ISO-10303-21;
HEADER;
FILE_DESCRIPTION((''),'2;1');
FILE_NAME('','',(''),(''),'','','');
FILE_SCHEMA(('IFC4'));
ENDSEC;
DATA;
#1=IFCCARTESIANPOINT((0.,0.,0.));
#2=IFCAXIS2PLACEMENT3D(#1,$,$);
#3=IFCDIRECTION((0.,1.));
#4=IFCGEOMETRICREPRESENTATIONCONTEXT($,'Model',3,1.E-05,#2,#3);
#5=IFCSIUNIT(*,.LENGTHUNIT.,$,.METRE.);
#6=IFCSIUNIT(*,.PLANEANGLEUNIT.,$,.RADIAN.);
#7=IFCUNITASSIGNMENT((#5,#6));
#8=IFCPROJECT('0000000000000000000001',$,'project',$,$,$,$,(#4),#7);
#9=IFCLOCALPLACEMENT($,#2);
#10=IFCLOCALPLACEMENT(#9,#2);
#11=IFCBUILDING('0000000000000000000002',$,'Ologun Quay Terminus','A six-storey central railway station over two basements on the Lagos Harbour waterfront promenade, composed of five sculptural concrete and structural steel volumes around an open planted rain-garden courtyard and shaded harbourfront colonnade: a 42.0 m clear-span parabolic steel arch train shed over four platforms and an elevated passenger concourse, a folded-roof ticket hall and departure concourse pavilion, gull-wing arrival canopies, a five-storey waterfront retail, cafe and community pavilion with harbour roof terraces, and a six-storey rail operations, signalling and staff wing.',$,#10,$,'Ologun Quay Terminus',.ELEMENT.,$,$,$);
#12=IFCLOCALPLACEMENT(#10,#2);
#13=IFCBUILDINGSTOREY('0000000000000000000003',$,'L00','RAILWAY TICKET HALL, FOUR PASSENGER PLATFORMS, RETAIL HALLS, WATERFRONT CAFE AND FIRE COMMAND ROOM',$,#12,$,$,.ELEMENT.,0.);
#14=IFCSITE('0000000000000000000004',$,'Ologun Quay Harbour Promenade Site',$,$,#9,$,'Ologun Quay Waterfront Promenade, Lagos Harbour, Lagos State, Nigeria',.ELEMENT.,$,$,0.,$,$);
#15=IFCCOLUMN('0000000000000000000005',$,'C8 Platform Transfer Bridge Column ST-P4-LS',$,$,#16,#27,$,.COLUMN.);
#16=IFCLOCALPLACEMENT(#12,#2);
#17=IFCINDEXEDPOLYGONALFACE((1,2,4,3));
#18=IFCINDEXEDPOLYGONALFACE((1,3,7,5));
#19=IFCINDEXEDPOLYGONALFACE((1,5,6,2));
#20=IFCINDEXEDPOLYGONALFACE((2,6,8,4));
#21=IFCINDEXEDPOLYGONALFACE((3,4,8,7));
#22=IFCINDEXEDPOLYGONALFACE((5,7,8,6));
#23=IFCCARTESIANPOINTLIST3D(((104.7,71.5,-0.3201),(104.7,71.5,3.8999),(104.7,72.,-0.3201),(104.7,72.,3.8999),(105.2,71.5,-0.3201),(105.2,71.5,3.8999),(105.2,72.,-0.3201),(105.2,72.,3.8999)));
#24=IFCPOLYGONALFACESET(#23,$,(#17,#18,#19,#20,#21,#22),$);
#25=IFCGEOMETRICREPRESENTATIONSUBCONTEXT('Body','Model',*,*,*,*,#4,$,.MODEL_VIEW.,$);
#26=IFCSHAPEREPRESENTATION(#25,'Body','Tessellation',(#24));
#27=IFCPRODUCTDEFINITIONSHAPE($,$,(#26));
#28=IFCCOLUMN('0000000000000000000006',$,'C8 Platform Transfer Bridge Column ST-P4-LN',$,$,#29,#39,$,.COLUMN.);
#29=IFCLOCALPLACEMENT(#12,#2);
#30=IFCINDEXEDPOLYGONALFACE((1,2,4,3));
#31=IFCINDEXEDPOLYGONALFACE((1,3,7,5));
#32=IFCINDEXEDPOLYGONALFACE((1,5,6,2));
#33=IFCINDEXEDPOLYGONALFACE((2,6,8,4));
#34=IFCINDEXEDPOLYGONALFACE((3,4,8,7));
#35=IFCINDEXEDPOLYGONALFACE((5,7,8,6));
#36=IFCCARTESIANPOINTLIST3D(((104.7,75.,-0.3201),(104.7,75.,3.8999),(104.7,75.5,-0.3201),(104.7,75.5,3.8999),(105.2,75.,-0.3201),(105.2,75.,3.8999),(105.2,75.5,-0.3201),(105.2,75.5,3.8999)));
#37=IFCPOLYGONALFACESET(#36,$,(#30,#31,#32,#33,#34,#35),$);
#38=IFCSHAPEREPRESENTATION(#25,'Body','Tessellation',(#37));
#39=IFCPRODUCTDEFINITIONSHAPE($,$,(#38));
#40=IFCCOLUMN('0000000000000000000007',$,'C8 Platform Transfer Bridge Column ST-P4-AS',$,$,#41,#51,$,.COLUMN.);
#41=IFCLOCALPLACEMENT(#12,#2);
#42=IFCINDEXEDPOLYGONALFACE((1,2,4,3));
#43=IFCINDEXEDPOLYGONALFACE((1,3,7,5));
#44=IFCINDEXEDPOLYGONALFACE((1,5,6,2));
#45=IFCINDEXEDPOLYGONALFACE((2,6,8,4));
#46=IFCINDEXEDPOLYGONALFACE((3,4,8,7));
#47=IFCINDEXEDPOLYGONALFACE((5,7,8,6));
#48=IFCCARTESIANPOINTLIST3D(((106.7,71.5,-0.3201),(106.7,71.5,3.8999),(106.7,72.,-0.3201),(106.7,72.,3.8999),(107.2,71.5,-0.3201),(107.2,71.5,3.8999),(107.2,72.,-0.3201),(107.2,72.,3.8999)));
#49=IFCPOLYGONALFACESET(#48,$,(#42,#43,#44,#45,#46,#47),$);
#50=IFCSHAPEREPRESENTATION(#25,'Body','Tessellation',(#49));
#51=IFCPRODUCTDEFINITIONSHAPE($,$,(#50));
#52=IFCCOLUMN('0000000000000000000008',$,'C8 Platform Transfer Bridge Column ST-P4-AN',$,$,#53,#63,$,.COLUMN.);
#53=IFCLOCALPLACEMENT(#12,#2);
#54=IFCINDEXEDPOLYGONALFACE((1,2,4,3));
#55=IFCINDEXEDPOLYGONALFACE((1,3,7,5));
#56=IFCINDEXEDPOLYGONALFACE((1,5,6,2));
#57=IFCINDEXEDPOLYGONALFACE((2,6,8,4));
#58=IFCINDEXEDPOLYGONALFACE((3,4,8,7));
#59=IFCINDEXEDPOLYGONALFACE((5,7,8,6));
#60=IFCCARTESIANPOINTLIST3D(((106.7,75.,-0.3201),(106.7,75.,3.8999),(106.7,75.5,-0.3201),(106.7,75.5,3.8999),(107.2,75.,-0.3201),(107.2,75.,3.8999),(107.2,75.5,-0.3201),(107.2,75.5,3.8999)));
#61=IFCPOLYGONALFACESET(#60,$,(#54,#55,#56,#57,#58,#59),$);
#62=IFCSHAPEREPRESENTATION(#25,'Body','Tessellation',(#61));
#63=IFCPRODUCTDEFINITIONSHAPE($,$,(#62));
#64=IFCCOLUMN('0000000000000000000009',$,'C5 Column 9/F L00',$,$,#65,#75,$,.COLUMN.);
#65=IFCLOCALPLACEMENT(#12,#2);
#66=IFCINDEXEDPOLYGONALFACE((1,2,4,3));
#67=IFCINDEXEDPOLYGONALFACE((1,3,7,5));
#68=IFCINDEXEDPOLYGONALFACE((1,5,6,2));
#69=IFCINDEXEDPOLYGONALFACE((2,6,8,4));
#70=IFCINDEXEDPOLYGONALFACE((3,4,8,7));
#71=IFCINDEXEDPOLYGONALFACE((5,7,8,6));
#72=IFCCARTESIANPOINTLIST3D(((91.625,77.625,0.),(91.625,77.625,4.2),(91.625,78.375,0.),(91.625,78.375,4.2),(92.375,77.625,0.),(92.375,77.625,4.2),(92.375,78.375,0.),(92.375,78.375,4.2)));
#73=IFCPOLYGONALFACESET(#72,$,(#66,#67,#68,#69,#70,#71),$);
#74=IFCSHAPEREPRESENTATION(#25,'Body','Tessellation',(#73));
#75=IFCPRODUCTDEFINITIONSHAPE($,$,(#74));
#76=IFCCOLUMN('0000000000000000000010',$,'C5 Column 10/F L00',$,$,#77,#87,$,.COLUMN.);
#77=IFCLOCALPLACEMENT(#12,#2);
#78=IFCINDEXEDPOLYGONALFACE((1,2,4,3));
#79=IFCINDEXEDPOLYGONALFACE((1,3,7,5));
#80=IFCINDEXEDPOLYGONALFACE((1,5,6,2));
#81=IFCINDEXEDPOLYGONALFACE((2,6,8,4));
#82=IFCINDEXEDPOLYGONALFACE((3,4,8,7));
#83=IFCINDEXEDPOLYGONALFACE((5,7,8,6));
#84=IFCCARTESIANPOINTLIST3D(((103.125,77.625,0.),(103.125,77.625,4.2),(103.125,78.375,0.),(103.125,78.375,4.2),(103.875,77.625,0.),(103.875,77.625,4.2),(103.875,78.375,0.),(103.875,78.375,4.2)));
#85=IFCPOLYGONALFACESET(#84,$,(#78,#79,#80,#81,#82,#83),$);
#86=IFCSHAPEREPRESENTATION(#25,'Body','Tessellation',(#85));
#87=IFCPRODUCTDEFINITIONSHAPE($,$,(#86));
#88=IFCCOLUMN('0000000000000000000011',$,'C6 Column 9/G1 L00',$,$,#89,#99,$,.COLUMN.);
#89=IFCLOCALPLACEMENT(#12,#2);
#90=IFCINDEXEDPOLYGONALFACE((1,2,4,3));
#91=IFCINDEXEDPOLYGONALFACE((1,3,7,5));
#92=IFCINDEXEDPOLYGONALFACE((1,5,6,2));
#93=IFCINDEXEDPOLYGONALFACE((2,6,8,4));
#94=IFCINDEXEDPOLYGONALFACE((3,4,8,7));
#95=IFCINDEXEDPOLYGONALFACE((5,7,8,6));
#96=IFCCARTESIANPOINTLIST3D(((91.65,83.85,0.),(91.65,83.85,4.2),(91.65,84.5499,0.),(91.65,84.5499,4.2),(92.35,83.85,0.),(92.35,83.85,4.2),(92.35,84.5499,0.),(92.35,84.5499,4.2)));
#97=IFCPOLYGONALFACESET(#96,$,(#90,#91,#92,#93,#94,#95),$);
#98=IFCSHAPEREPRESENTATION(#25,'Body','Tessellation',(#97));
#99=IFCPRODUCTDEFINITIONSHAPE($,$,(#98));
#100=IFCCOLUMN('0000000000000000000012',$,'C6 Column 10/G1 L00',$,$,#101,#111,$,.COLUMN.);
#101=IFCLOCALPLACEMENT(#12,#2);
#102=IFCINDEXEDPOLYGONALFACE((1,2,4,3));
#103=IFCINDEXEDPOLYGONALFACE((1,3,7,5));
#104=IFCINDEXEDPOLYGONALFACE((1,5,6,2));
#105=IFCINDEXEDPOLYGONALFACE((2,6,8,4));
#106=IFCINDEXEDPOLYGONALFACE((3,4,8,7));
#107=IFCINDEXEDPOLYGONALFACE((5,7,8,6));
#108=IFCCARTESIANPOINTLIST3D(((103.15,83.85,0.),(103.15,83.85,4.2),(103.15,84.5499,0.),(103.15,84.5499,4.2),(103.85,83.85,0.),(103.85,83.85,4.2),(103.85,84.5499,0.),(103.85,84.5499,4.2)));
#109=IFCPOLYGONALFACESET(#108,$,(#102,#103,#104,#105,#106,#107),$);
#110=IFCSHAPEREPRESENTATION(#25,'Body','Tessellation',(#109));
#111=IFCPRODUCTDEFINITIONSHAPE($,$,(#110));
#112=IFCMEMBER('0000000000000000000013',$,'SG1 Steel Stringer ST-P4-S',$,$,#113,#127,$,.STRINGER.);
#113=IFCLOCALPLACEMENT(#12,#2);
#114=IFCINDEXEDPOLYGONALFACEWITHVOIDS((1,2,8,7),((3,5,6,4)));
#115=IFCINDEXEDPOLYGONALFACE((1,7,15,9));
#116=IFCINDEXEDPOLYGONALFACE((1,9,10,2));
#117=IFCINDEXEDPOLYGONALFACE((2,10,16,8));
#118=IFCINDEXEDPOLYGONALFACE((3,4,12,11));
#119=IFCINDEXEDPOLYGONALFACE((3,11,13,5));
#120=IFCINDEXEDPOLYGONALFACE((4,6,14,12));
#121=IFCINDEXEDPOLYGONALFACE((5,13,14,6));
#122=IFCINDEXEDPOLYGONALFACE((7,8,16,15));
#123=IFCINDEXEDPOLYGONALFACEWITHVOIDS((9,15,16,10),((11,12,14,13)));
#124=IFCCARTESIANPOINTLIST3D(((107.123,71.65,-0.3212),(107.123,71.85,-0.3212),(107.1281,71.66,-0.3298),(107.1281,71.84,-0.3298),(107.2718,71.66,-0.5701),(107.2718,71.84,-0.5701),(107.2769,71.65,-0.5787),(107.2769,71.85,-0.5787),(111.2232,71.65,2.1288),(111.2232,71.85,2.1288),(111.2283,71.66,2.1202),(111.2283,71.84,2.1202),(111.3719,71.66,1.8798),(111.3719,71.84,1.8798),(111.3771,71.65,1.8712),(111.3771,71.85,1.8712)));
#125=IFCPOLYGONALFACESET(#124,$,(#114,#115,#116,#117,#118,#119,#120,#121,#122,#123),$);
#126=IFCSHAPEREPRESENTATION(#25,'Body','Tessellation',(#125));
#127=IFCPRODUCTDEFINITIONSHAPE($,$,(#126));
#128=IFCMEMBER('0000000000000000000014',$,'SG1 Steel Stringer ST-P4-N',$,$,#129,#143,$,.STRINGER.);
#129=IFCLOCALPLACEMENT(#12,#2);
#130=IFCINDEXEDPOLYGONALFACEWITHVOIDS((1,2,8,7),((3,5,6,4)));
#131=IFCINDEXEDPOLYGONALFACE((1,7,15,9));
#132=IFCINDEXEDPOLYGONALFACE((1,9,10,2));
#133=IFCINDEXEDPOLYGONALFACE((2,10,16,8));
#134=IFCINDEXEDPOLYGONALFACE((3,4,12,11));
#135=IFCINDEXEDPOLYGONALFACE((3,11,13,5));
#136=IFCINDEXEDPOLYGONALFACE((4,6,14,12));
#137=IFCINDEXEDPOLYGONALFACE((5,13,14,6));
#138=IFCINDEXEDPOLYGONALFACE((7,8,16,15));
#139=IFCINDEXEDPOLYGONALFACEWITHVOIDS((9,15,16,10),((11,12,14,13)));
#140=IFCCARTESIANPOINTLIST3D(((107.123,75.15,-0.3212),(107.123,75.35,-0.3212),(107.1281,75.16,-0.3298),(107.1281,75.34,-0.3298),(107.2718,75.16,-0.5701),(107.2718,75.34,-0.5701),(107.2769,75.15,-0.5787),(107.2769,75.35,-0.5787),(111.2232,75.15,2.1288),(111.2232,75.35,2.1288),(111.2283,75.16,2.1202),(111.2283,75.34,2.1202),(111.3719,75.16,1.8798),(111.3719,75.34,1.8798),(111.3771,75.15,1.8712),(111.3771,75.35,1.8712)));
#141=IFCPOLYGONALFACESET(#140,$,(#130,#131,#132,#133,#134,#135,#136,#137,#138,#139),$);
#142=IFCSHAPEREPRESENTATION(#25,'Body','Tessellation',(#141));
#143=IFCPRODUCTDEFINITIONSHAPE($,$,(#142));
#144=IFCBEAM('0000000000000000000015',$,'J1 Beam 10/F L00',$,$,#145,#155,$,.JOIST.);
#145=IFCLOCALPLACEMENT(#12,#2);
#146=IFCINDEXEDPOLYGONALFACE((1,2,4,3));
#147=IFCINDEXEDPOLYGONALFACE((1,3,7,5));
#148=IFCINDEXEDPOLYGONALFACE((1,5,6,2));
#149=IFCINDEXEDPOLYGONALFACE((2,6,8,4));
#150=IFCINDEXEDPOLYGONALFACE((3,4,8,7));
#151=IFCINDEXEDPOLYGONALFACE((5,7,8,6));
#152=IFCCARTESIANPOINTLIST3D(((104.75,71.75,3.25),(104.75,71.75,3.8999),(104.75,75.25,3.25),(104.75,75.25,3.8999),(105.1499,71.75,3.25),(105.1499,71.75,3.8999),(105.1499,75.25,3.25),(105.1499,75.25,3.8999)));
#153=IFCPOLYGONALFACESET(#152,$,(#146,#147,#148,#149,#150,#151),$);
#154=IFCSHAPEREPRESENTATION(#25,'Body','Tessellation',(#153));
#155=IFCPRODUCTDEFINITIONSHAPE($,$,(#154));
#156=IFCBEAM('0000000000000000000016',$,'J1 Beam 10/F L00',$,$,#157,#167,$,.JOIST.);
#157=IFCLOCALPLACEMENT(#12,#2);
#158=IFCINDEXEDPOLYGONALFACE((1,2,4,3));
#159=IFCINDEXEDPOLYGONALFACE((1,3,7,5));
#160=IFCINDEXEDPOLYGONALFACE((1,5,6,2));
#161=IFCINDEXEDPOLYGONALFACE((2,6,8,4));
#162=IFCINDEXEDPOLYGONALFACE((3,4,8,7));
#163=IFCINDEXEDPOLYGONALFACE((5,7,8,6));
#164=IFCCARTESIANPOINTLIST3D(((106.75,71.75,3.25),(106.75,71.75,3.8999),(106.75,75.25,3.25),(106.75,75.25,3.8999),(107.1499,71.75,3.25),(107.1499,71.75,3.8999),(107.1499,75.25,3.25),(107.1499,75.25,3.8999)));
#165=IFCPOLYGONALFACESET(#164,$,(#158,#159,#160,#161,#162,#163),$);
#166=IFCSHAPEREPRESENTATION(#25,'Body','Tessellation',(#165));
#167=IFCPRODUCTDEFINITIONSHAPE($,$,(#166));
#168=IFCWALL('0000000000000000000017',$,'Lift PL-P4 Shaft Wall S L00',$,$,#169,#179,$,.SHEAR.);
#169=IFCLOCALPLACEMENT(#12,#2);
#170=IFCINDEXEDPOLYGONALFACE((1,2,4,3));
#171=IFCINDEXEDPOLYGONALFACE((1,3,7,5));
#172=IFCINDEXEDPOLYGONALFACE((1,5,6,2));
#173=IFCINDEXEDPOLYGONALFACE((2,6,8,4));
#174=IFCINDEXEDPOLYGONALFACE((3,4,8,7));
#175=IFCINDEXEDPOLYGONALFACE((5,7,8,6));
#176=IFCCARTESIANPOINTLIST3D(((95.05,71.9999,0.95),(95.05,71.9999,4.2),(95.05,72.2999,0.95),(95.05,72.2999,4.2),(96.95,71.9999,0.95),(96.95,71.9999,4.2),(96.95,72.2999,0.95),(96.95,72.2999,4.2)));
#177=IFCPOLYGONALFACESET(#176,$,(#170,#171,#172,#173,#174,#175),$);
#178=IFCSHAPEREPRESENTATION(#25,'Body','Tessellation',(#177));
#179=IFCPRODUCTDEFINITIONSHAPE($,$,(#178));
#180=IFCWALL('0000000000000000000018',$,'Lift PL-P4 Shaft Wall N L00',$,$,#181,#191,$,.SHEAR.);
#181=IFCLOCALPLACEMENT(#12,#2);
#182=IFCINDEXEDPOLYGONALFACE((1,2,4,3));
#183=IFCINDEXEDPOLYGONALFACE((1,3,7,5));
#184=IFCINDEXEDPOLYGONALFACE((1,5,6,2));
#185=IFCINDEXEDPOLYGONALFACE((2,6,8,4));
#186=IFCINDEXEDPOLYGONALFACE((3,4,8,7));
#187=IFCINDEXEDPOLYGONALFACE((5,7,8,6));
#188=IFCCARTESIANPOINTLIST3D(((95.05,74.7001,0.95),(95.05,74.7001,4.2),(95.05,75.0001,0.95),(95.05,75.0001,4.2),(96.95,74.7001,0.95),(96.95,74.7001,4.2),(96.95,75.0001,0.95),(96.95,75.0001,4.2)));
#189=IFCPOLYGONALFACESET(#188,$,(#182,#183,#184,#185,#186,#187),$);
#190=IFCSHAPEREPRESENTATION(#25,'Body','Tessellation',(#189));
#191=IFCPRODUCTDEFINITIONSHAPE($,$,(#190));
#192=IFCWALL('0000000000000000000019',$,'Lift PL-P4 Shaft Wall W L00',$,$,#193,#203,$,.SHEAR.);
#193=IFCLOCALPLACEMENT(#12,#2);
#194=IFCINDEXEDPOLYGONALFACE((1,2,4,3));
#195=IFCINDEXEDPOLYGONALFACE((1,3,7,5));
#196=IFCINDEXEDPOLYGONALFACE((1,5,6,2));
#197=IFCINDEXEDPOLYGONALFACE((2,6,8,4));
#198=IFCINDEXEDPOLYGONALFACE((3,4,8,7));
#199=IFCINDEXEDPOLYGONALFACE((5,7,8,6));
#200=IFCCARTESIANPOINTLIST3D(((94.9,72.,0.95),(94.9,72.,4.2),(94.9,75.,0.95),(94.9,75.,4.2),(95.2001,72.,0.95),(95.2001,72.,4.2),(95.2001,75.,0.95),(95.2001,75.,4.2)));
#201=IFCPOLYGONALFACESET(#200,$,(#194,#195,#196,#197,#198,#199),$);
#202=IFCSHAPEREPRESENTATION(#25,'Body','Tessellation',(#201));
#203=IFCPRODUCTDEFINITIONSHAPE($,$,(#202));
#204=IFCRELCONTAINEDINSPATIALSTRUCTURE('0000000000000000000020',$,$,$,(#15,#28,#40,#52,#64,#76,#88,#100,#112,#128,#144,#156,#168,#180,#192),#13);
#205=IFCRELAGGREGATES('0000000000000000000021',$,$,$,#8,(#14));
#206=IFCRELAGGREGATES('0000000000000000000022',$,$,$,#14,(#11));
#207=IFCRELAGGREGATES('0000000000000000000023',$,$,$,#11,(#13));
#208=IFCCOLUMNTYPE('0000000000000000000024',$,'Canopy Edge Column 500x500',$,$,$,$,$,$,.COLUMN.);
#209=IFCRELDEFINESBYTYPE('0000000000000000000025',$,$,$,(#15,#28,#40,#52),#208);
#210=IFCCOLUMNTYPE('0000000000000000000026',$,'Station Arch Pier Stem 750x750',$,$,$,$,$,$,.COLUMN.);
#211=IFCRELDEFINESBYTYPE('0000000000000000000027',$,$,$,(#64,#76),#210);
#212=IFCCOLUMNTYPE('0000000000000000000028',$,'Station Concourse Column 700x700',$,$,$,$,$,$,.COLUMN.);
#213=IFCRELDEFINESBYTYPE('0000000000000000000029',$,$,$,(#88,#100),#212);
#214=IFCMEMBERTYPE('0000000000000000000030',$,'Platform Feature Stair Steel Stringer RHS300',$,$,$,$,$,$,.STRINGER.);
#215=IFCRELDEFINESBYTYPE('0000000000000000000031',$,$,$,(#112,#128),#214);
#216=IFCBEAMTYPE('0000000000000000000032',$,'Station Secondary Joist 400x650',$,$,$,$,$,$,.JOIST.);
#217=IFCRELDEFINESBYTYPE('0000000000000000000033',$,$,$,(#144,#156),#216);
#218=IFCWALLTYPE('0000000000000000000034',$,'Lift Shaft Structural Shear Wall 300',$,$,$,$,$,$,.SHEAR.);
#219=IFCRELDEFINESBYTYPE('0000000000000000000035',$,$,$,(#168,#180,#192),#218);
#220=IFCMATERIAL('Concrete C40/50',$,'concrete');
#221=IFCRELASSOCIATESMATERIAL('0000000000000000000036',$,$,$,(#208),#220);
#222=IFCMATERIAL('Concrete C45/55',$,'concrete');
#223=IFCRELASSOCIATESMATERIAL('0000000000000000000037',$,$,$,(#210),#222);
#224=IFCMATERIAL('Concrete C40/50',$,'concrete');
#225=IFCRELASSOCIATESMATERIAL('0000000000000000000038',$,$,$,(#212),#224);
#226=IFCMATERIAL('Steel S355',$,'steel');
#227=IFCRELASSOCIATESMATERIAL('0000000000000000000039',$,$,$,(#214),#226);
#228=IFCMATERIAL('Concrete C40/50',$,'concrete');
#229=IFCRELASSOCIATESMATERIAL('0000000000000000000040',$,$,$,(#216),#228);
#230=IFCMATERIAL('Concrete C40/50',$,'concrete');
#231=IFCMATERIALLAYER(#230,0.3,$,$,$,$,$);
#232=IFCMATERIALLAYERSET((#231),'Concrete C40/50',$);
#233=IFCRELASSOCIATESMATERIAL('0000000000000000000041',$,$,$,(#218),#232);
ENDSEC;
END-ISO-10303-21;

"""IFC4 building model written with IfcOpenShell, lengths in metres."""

from ifc_helpers import new_model, si_unit, direction, frame, frame_2d, origin, origin_2d, place, context, subcontext, project, spatial, rectangle, hollow_rectangle, extrude, material, layer, layer_set, material_profile, profile_set, type_object, element, save


model = new_model("IFC4")

# Units and contexts
model_context = context("Model", 3, precision=1e-05, world=origin(), true_north=direction((0.0, 1.0)))
body_context = subcontext(model_context, "Body", "Model", "MODEL_VIEW")
ifc_project = project(units=[si_unit("LENGTHUNIT", "METRE"), si_unit("PLANEANGLEUNIT", "RADIAN")], contexts=[model_context])

# Site, building, storey
site_placement = place(None, origin())
site = spatial("IfcSite", under=ifc_project, at=site_placement, Name="Ologun Quay Harbour Promenade Site", LongName="Ologun Quay Waterfront Promenade, Lagos Harbour, Lagos State, Nigeria", CompositionType="ELEMENT", RefElevation=0.0)
building_placement = place(site_placement, origin())
building = spatial("IfcBuilding", under=site, at=building_placement, Name="Ologun Quay Terminus", Description="A six-storey central railway station over two basements on the Lagos Harbour waterfront promenade, composed of five sculptural concrete and structural steel volumes around an open planted rain-garden courtyard and shaded harbourfront colonnade: a 42.0 m clear-span parabolic steel arch train shed over four platforms and an elevated passenger concourse, a folded-roof ticket hall and departure concourse pavilion, gull-wing arrival canopies, a five-storey waterfront retail, cafe and community pavilion with harbour roof terraces, and a six-storey rail operations, signalling and staff wing.", LongName="Ologun Quay Terminus", CompositionType="ELEMENT")
storey_placement = place(building_placement, origin())
storey = spatial("IfcBuildingStorey", under=building, at=storey_placement, Name="L00", Description="RAILWAY TICKET HALL, FOUR PASSENGER PLATFORMS, RETAIL HALLS, WATERFRONT CAFE AND FIRE COMMAND ROOM", CompositionType="ELEMENT", Elevation=0.0)

# Columns
ifc_material_1 = material(Name="Concrete C40/50", Category="concrete")
ifc_material_profile_1 = material_profile(ifc_material_1, rectangle(XDim=0.5, YDim=0.5, at=origin_2d()), Name="RC 500x500")
ifc_profile_set_1 = profile_set([ifc_material_profile_1], Name="Concrete C40/50")
column_type_1 = type_object("IfcColumnType", Name="Canopy Edge Column 500x500", PredefinedType="COLUMN", material=ifc_profile_set_1)
for number, where, z_axis, x_axis, name in (
    (1, (104.95, 71.75, -0.3201), (0.0, 0.0, 1.0), (1.0, 0.0, 0.0), "C8 Platform Transfer Bridge Column ST-P4-LS"),
    (2, (104.95, 75.25, -0.3201), (0.0, 0.0, 1.0), (1.0, 0.0, 0.0), "C8 Platform Transfer Bridge Column ST-P4-LN"),
    (3, (106.95, 71.75, -0.3201), (0.0, 0.0, 1.0), (1.0, 0.0, 0.0), "C8 Platform Transfer Bridge Column ST-P4-AS"),
    (4, (106.95, 75.25, -0.3201), (0.0, 0.0, 1.0), (1.0, 0.0, 0.0), "C8 Platform Transfer Bridge Column ST-P4-AN"),
):
    element("IfcColumn", number, at=place(storey_placement, frame(where, z_axis=z_axis, x_axis=x_axis)), inside=storey, type_object=column_type_1, Name=name, PredefinedType="COLUMN", context=body_context, shape_type="SweptSolid", body=[
        extrude(rectangle(XDim=0.5, YDim=0.5, at=origin_2d()), origin(), (0.0, 0.0, 1.0), 4.22),
    ])
ifc_material_2 = material(Name="Concrete C45/55", Category="concrete")
ifc_material_profile_2 = material_profile(ifc_material_2, rectangle(XDim=0.75, YDim=0.75, at=origin_2d()), Name="RC 750x750")
ifc_profile_set_2 = profile_set([ifc_material_profile_2], Name="Concrete C45/55")
column_type_2 = type_object("IfcColumnType", Name="Station Arch Pier Stem 750x750", PredefinedType="COLUMN", material=ifc_profile_set_2)
for number, where, z_axis, x_axis, name in (
    (5, (92.0, 78.0, 0.0), (0.0, 0.0, 1.0), (1.0, 0.0, 0.0), "C5 Column 9/F L00"),
    (6, (103.5, 78.0, 0.0), (0.0, 0.0, 1.0), (1.0, 0.0, 0.0), "C5 Column 10/F L00"),
):
    element("IfcColumn", number, at=place(storey_placement, frame(where, z_axis=z_axis, x_axis=x_axis)), inside=storey, type_object=column_type_2, Name=name, PredefinedType="COLUMN", context=body_context, shape_type="SweptSolid", body=[
        extrude(rectangle(XDim=0.75, YDim=0.75, at=origin_2d()), origin(), (0.0, 0.0, 1.0), 4.2),
    ])
ifc_material_3 = material(Name="Concrete C40/50", Category="concrete")
ifc_material_profile_3 = material_profile(ifc_material_3, rectangle(XDim=0.7, YDim=0.7, at=origin_2d()), Name="RC 700x700")
ifc_profile_set_3 = profile_set([ifc_material_profile_3], Name="Concrete C40/50")
column_type_3 = type_object("IfcColumnType", Name="Station Concourse Column 700x700", PredefinedType="COLUMN", material=ifc_profile_set_3)
for number, where, z_axis, x_axis, name in (
    (7, (92.0, 84.2, 0.0), (0.0, 0.0, 1.0), (1.0, 0.0, 0.0), "C6 Column 9/G1 L00"),
    (8, (103.5, 84.2, 0.0), (0.0, 0.0, 1.0), (1.0, 0.0, 0.0), "C6 Column 10/G1 L00"),
):
    element("IfcColumn", number, at=place(storey_placement, frame(where, z_axis=z_axis, x_axis=x_axis)), inside=storey, type_object=column_type_3, Name=name, PredefinedType="COLUMN", context=body_context, shape_type="SweptSolid", body=[
        extrude(rectangle(XDim=0.7, YDim=0.7, at=origin_2d()), origin(), (0.0, 0.0, 1.0), 4.2),
    ])

# Members
ifc_material_4 = material(Name="Steel S355", Category="steel")
ifc_material_profile_4 = material_profile(ifc_material_4, hollow_rectangle(XDim=0.2, YDim=0.3, WallThickness=0.01, at=origin_2d()), Name="RHS 300x200x10")
ifc_profile_set_4 = profile_set([ifc_material_profile_4], Name="Steel S355")
member_type = type_object("IfcMemberType", Name="Platform Feature Stair Steel Stringer RHS300", PredefinedType="STRINGER", material=ifc_profile_set_4)
for number, where, z_axis, x_axis, name in (
    (9, (107.2, 71.75, -0.45), (0.858425, 0.0, 0.512939), (0.0, 1.0, 0.0), "SG1 Steel Stringer ST-P4-S"),
    (10, (107.2, 75.25, -0.45), (0.858425, 0.0, 0.512939), (0.0, 1.0, 0.0), "SG1 Steel Stringer ST-P4-N"),
):
    element("IfcMember", number, at=place(storey_placement, frame(where, z_axis=z_axis, x_axis=x_axis)), inside=storey, type_object=member_type, Name=name, PredefinedType="STRINGER", context=body_context, shape_type="SweptSolid", body=[
        extrude(hollow_rectangle(XDim=0.2, YDim=0.3, WallThickness=0.01, at=origin_2d()), origin(), (0.0, 0.0, 1.0), 4.7764),
    ])

# Beams
ifc_material_5 = material(Name="Concrete C40/50", Category="concrete")
ifc_material_profile_5 = material_profile(ifc_material_5, rectangle(XDim=0.3999, YDim=0.6499, at=origin_2d()), Name="RC 400x650")
ifc_profile_set_5 = profile_set([ifc_material_profile_5], Name="Concrete C40/50")
beam_type = type_object("IfcBeamType", Name="Station Secondary Joist 400x650", PredefinedType="JOIST", material=ifc_profile_set_5)
for number, where, z_axis, x_axis, name in (
    (11, (104.95, 71.75, 3.575), (0.0, 1.0, 0.0), (-1.0, 0.0, 0.0), "J1 Beam 10/F L00"),
    (12, (106.95, 71.75, 3.575), (0.0, 1.0, 0.0), (-1.0, 0.0, 0.0), "J1 Beam 10/F L00"),
):
    element("IfcBeam", number, at=place(storey_placement, frame(where, z_axis=z_axis, x_axis=x_axis)), inside=storey, type_object=beam_type, Name=name, PredefinedType="JOIST", context=body_context, shape_type="SweptSolid", body=[
        extrude(rectangle(XDim=0.3999, YDim=0.6499, at=origin_2d()), origin(), (0.0, 0.0, 1.0), 3.5),
    ])

# Walls
ifc_material_6 = material(Name="Concrete C40/50", Category="concrete")
ifc_layer = layer(ifc_material_6, 0.3)
ifc_layer_set = layer_set([ifc_layer], Name="Concrete C40/50")
wall_type = type_object("IfcWallType", Name="Lift Shaft Structural Shear Wall 300", PredefinedType="SHEAR", material=ifc_layer_set)
for number, where, z_axis, x_axis, name in (
    (13, (95.05, 72.1499, 0.95), (0.0, 0.0, 1.0), (1.0, 0.0, 0.0), "Lift PL-P4 Shaft Wall S L00"),
    (14, (95.05, 74.8501, 0.95), (0.0, 0.0, 1.0), (1.0, 0.0, 0.0), "Lift PL-P4 Shaft Wall N L00"),
):
    element("IfcWall", number, at=place(storey_placement, frame(where, z_axis=z_axis, x_axis=x_axis)), inside=storey, type_object=wall_type, Name=name, PredefinedType="SHEAR", context=body_context, shape_type="SweptSolid", body=[
        extrude(rectangle(XDim=1.8999, YDim=0.3, at=frame_2d((0.95, 0.0))), origin(), (0.0, 0.0, 1.0), 3.25),
    ])
wall_1_placement = place(storey_placement, frame((95.05, 72.0, 0.95), z_axis=(0.0, 0.0, 1.0), x_axis=(0.0, 1.0, 0.0)))
element("IfcWall", 15, at=wall_1_placement, inside=storey, type_object=wall_type, Name="Lift PL-P4 Shaft Wall W L00", PredefinedType="SHEAR", context=body_context, shape_type="SweptSolid", body=[
    extrude(rectangle(XDim=3.0, YDim=0.3, at=frame_2d((1.5, 0.0))), origin(), (0.0, 0.0, 1.0), 3.25),
])

save(model, "model.ifc")
